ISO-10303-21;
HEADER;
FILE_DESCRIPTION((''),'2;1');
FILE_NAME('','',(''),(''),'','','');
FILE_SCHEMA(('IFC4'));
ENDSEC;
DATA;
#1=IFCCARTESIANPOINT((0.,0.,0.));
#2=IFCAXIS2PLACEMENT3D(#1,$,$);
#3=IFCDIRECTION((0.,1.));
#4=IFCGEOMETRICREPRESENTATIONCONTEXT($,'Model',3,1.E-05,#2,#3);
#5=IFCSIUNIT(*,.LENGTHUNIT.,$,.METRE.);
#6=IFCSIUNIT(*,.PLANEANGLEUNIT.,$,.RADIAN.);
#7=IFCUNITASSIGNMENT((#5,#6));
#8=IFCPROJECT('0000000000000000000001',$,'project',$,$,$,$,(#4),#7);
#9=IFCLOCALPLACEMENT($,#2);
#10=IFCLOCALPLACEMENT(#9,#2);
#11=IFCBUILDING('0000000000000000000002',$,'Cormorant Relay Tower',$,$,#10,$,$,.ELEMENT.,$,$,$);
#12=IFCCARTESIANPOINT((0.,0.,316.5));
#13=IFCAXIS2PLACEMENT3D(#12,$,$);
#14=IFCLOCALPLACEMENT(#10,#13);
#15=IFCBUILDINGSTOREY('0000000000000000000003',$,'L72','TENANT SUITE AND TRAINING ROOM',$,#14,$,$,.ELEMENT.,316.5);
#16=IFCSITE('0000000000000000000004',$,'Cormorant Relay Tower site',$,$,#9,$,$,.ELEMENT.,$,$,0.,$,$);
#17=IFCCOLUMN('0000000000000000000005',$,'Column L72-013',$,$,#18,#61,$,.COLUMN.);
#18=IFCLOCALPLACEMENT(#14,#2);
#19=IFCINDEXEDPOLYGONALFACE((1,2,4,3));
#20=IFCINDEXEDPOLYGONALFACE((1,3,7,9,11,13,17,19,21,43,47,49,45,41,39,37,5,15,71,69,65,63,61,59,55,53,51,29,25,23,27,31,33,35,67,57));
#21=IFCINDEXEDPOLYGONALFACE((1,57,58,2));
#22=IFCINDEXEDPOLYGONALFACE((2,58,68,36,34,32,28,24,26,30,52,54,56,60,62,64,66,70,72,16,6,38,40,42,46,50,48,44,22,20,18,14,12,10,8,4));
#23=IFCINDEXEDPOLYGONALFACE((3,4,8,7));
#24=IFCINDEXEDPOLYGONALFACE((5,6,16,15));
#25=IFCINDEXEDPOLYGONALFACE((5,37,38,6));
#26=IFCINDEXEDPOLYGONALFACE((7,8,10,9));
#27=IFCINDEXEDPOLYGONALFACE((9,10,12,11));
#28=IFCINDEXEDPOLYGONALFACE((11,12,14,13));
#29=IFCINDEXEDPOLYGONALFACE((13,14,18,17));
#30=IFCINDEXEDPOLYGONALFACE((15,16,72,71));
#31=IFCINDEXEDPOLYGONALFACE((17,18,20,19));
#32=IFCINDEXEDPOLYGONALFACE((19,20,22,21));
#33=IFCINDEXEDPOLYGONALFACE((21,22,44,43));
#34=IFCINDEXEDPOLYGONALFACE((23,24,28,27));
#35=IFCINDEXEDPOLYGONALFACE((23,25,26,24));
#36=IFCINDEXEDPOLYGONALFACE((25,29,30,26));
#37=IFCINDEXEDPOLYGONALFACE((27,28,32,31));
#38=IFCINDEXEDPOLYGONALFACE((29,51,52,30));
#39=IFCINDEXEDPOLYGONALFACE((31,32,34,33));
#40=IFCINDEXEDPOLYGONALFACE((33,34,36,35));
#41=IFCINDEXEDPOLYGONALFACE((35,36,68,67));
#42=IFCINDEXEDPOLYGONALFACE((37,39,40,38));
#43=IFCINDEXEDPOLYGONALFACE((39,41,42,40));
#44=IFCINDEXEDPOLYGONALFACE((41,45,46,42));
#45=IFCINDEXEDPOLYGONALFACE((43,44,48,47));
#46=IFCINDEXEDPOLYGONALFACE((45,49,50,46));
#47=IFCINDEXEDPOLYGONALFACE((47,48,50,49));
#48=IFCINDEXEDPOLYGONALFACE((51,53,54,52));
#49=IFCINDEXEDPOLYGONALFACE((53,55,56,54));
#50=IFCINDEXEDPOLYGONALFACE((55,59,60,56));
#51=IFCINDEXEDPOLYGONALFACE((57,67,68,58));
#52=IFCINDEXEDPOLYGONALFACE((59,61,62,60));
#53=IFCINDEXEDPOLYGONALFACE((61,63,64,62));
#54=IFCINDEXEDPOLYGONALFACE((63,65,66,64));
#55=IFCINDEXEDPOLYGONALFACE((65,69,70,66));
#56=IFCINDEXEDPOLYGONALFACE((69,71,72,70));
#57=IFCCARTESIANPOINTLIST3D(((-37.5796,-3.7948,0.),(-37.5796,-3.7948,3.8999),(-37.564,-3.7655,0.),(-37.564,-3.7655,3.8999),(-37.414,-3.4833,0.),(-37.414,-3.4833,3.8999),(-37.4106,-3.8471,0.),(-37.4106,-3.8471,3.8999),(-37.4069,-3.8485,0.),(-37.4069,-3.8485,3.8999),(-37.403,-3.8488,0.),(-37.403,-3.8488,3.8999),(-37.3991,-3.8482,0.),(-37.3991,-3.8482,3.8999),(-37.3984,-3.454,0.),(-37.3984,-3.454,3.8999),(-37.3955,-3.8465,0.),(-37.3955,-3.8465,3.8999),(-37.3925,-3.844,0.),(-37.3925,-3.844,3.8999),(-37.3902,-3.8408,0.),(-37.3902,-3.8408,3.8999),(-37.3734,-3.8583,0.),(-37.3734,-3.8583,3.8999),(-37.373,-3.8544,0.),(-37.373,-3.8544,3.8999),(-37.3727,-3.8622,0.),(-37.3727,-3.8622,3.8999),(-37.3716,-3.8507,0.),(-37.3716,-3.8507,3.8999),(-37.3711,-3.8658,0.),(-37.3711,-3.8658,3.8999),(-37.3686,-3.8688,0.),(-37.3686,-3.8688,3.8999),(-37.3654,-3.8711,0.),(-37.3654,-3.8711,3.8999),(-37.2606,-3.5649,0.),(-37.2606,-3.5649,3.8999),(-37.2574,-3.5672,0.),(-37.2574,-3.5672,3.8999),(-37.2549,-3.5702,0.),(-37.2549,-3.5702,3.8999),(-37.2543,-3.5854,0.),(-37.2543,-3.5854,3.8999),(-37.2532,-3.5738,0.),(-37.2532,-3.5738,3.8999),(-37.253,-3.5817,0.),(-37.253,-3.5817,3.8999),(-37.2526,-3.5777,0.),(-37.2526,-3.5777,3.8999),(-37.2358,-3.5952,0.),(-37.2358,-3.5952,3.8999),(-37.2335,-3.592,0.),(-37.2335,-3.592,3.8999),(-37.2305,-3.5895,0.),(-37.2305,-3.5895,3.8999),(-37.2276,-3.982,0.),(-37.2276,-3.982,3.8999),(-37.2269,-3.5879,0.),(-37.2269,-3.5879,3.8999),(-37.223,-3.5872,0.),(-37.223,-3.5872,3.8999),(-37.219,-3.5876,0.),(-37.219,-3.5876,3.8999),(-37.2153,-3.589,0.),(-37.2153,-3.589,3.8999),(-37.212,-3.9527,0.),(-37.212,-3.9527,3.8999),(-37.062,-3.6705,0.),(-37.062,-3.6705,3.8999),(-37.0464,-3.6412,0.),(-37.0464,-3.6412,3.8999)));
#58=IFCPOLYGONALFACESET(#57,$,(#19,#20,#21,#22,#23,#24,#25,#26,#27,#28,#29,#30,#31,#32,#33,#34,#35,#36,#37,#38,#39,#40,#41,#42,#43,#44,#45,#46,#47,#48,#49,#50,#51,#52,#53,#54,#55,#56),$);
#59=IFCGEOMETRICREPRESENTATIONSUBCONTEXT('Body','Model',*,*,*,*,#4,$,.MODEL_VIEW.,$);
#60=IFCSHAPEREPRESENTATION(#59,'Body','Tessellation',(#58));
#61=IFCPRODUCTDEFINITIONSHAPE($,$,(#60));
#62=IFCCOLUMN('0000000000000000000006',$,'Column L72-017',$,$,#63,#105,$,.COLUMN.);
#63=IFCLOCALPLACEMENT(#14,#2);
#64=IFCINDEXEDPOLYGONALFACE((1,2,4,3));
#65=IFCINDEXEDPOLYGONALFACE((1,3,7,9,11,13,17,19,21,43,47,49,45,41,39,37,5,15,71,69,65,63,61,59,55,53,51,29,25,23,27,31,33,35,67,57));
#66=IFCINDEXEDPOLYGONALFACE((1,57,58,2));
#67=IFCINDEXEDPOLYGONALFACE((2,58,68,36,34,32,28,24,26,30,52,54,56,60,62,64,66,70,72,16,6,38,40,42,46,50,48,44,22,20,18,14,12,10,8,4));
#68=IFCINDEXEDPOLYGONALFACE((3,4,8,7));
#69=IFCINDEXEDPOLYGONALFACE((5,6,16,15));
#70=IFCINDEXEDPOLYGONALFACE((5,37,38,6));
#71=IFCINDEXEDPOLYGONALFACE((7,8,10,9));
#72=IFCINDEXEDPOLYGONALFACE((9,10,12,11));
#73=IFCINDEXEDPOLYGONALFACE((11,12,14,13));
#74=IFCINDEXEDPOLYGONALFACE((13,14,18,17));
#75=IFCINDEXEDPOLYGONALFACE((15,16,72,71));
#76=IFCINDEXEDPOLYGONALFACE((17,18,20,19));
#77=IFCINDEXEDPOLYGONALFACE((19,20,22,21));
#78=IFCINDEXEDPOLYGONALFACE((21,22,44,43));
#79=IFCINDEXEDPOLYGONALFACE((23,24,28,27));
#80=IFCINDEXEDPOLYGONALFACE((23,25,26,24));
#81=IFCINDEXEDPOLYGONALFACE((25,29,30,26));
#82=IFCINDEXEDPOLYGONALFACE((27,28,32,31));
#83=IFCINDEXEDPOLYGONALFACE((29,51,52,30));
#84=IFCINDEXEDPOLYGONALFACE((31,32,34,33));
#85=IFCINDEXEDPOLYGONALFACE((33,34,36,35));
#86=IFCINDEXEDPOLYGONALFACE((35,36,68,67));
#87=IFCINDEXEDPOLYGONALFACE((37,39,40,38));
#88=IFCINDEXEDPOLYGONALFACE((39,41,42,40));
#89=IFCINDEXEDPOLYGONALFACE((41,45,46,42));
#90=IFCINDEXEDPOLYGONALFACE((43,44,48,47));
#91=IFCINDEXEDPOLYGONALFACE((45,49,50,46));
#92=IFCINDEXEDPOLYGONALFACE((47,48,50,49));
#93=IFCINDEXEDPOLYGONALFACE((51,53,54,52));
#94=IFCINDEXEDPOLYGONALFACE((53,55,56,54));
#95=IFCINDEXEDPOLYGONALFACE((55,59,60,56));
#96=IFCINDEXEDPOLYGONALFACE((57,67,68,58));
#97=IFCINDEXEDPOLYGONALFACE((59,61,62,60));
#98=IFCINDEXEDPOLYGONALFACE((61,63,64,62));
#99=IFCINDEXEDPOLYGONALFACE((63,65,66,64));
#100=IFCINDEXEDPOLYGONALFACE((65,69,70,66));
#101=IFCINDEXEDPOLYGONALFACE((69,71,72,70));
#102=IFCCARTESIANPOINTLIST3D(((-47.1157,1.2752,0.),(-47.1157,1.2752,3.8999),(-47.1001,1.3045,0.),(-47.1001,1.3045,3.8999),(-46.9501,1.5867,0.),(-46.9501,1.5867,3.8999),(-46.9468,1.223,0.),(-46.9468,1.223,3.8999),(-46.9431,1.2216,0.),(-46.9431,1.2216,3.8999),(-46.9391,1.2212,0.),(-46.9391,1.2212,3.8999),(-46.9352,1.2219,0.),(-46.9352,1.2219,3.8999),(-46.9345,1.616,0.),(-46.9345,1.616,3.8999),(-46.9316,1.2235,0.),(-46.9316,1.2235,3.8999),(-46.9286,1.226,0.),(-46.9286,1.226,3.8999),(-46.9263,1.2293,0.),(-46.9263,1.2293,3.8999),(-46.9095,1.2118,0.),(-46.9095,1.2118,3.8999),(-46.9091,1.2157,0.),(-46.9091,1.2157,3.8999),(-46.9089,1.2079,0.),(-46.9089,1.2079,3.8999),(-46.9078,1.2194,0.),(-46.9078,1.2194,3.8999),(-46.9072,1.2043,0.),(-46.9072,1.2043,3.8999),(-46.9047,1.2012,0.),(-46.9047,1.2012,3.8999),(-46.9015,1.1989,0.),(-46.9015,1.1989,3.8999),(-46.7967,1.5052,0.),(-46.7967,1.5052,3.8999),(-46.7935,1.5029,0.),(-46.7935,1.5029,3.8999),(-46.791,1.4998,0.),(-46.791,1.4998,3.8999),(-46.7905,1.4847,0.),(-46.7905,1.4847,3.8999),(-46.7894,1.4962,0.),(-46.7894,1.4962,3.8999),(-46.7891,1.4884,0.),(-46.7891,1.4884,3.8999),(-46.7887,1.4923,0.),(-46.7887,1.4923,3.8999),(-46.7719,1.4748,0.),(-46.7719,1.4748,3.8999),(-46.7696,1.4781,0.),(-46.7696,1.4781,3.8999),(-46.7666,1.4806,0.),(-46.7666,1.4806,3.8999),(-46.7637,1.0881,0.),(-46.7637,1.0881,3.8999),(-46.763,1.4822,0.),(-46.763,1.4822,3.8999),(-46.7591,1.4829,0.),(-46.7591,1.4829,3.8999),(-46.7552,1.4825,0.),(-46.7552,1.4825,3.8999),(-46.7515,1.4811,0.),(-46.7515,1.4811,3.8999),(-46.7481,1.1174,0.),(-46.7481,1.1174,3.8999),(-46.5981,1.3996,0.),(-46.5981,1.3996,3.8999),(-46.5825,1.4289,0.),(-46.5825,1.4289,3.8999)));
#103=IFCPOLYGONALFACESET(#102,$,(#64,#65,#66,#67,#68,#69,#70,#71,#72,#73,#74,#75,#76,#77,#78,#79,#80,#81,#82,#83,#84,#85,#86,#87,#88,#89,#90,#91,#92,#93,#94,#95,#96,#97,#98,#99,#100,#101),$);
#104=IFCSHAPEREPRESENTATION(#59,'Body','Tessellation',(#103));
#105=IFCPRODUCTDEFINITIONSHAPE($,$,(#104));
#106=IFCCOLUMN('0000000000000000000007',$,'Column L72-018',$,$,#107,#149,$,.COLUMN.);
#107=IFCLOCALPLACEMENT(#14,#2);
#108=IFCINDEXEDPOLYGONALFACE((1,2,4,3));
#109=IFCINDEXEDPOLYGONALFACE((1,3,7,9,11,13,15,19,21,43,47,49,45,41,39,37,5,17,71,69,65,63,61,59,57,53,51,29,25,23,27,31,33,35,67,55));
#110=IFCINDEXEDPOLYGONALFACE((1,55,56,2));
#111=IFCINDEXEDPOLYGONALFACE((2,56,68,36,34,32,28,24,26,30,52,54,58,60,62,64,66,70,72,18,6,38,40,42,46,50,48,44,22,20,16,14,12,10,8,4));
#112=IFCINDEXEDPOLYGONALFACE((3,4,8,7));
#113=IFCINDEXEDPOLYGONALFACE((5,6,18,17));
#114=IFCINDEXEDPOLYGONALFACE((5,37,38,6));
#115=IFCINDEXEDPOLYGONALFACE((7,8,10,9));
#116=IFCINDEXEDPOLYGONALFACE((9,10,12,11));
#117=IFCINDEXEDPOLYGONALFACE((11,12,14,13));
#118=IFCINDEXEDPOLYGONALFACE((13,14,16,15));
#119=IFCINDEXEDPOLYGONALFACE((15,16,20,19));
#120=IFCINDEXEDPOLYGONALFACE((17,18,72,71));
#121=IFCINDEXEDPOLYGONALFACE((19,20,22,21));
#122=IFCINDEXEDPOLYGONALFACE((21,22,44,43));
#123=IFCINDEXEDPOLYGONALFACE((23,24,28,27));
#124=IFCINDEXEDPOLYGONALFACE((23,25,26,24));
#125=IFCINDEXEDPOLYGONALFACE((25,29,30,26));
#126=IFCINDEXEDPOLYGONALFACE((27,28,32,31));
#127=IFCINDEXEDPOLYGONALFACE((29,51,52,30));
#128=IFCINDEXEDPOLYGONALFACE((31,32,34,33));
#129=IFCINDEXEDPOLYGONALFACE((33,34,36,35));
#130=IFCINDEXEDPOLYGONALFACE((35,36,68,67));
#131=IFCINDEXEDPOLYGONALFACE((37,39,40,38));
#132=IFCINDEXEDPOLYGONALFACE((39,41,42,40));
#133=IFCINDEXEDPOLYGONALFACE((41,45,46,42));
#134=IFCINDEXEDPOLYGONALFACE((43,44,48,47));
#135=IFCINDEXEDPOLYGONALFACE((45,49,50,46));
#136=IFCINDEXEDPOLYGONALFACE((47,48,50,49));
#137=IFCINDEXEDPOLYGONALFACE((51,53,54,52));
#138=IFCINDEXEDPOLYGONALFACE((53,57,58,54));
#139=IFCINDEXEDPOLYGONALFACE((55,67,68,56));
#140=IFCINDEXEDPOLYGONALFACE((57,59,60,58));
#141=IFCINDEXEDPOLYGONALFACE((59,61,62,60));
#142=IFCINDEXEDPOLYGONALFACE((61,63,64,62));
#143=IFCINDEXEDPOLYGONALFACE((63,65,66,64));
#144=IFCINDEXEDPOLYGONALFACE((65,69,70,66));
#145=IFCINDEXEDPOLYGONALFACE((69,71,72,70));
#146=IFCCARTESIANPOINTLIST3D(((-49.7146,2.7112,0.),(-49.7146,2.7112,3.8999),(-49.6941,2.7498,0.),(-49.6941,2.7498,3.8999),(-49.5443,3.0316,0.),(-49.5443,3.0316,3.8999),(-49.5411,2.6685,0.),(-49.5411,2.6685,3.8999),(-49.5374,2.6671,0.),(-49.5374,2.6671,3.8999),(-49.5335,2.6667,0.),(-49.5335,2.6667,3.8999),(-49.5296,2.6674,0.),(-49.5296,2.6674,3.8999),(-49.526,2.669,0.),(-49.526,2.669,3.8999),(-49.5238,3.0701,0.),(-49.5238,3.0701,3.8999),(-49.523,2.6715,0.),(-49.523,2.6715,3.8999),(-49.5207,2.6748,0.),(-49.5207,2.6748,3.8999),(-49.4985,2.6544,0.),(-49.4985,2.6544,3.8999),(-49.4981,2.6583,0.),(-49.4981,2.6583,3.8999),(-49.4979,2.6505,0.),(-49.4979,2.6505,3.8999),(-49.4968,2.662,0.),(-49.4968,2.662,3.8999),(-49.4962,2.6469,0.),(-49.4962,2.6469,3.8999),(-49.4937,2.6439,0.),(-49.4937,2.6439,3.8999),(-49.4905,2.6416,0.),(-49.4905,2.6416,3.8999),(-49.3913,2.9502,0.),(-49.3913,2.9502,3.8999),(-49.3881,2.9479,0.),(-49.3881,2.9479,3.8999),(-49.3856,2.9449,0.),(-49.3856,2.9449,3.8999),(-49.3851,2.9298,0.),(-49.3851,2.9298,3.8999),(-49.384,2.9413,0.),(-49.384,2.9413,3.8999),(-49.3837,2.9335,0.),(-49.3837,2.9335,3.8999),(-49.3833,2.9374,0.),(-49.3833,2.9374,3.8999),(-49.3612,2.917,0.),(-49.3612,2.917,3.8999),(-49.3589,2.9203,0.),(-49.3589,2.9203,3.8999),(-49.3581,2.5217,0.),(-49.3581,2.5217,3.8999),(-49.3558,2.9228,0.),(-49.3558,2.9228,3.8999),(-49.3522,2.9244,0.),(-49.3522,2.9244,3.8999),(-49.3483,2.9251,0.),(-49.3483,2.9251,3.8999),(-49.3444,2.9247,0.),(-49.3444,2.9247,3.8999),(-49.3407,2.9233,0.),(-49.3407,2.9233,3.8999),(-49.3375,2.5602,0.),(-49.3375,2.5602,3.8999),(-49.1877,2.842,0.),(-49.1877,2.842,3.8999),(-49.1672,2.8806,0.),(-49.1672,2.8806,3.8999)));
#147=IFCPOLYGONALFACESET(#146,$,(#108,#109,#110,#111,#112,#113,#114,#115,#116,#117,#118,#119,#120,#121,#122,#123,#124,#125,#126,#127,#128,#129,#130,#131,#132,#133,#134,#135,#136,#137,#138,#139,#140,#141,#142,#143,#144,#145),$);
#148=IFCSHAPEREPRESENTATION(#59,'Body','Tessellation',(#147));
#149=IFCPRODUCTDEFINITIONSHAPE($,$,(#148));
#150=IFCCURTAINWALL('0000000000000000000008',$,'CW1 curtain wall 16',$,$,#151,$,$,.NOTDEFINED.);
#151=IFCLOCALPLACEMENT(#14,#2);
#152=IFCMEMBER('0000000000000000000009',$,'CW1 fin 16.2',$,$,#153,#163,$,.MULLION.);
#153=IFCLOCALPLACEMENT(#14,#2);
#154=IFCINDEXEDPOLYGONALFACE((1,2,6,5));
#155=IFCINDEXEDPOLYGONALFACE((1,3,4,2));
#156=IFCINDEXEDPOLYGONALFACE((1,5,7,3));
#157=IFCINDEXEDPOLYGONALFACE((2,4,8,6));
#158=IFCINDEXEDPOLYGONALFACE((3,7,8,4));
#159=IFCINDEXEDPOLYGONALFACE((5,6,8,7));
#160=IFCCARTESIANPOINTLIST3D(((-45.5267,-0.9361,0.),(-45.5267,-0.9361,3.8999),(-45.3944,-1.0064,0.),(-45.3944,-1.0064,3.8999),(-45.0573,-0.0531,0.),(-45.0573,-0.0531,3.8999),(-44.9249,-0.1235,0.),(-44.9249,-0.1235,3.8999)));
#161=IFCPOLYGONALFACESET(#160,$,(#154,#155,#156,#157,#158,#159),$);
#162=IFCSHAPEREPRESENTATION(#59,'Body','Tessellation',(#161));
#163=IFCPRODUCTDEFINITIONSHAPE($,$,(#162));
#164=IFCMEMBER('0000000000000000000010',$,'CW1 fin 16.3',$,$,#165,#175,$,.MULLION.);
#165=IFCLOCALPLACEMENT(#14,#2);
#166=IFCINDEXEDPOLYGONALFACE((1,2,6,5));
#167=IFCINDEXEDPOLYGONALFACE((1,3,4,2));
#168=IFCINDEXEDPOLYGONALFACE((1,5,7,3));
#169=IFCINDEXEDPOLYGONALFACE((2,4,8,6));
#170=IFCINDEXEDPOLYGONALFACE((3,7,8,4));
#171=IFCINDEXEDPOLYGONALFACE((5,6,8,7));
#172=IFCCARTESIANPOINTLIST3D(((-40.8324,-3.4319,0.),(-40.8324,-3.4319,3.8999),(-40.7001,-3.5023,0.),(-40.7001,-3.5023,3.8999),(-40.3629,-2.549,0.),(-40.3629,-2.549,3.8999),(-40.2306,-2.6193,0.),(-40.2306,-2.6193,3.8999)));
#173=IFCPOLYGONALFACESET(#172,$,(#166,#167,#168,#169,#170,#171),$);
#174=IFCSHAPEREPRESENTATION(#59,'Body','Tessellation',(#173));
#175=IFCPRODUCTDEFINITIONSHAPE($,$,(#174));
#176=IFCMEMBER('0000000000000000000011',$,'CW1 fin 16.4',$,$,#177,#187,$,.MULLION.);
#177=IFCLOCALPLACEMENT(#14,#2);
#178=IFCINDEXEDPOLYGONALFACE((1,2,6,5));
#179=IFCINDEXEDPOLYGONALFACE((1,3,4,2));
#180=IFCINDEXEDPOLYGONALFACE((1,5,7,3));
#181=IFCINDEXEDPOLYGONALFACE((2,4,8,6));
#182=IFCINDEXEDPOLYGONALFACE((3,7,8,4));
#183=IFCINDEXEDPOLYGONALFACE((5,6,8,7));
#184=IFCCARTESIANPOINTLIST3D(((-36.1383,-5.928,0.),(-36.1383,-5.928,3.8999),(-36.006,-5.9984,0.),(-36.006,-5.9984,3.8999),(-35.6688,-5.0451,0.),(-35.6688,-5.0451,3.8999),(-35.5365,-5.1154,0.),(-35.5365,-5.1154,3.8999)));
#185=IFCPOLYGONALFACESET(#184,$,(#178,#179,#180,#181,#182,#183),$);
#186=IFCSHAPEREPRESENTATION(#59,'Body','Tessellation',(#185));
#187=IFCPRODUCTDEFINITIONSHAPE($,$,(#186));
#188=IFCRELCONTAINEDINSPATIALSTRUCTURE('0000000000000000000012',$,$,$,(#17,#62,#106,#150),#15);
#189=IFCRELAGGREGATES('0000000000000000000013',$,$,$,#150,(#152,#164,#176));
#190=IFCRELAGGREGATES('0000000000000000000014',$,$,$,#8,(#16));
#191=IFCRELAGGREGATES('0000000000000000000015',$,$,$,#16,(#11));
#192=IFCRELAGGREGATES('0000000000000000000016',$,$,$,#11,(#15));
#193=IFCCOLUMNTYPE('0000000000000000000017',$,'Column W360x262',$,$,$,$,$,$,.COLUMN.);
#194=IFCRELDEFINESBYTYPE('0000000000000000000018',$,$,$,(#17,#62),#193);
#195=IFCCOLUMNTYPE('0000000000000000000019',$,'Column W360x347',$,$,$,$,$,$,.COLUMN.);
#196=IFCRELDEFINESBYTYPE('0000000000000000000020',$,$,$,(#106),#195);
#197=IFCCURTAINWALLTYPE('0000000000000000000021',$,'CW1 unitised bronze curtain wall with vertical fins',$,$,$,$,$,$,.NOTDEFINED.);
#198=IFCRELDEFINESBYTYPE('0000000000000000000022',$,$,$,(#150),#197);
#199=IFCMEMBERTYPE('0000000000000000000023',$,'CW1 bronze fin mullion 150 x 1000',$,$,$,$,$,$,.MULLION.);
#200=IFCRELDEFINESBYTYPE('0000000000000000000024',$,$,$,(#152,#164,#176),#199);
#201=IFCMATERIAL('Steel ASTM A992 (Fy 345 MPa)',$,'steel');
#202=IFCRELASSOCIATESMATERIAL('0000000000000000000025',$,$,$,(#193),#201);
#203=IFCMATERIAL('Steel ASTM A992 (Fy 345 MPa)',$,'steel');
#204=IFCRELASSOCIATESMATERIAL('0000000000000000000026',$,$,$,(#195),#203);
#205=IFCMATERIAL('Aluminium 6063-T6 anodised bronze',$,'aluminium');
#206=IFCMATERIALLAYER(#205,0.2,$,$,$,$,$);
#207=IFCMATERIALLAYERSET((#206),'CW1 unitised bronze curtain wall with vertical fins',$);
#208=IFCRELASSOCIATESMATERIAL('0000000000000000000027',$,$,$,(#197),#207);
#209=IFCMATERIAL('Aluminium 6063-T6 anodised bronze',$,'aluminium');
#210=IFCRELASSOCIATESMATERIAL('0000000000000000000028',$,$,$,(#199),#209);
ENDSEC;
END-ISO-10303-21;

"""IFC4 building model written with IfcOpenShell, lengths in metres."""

from ifc_helpers import new_model, si_unit, direction, frame, origin, origin_2d, place, context, subcontext, project, spatial, rectangle, i_section, extrude, material, layer, layer_set, material_profile, profile_set, type_object, element, aggregate, save


model = new_model("IFC4")

# Units and contexts
model_context = context("Model", 3, precision=1e-05, world=origin(), true_north=direction((0.0, 1.0)))
body_context = subcontext(model_context, "Body", "Model", "MODEL_VIEW")
ifc_project = project(units=[si_unit("LENGTHUNIT", "METRE"), si_unit("PLANEANGLEUNIT", "RADIAN")], contexts=[model_context])

# Site, building, storey
site_placement = place(None, origin())
site = spatial("IfcSite", under=ifc_project, at=site_placement, Name="Cormorant Relay Tower site", CompositionType="ELEMENT", RefElevation=0.0)
building_placement = place(site_placement, origin())
building = spatial("IfcBuilding", under=site, at=building_placement, Name="Cormorant Relay Tower", CompositionType="ELEMENT")
storey_placement = place(building_placement, frame((0.0, 0.0, 316.5)))
storey = spatial("IfcBuildingStorey", under=building, at=storey_placement, Name="L72", Description="TENANT SUITE AND TRAINING ROOM", CompositionType="ELEMENT", Elevation=316.5)

# Columns
ifc_material_1 = material(Name="Steel ASTM A992 (Fy 345 MPa)", Category="steel")
ifc_material_profile_1 = material_profile(ifc_material_1, i_section(OverallWidth=0.3987, OverallDepth=0.386, WebThickness=0.021, FlangeThickness=0.0332, FilletRadius=0.0151, at=origin_2d()), Name="W360x262")
ifc_profile_set_1 = profile_set([ifc_material_profile_1], Name="Steel ASTM A992 (Fy 345 MPa)")
column_type_1 = type_object("IfcColumnType", Name="Column W360x262", PredefinedType="COLUMN", material=ifc_profile_set_1)
for number, where, z_axis, x_axis, name in (
    (1, (-37.313, -3.718, 0.0), (0.0, 0.0, 1.0), (0.882948, -0.469472, 0.0), "Column L72-013"),
    (2, (-46.8491, 1.3521, 0.0), (0.0, 0.0, 1.0), (0.882948, -0.469472, 0.0), "Column L72-017"),
):
    element("IfcColumn", number, at=place(storey_placement, frame(where, z_axis=z_axis, x_axis=x_axis)), inside=storey, type_object=column_type_1, Name=name, PredefinedType="COLUMN", context=body_context, shape_type="SweptSolid", body=[
        extrude(i_section(OverallWidth=0.3987, OverallDepth=0.386, WebThickness=0.021, FlangeThickness=0.0332, FilletRadius=0.0151, at=origin_2d()), origin(), (0.0, 0.0, 1.0), 3.8999),
    ])
ifc_material_2 = material(Name="Steel ASTM A992 (Fy 345 MPa)", Category="steel")
ifc_material_profile_2 = material_profile(ifc_material_2, i_section(OverallWidth=0.4038, OverallDepth=0.4065, WebThickness=0.0271, FlangeThickness=0.0437, FilletRadius=0.0151, at=origin_2d()), Name="W360x347")
ifc_profile_set_2 = profile_set([ifc_material_profile_2], Name="Steel ASTM A992 (Fy 345 MPa)")
column_type_2 = type_object("IfcColumnType", Name="Column W360x347", PredefinedType="COLUMN", material=ifc_profile_set_2)
column_placement = place(storey_placement, frame((-49.4409, 2.7959, 0.0), z_axis=(0.0, 0.0, 1.0), x_axis=(0.882948, -0.469472, 0.0)))
element("IfcColumn", 3, at=column_placement, inside=storey, type_object=column_type_2, Name="Column L72-018", PredefinedType="COLUMN", context=body_context, shape_type="SweptSolid", body=[
    extrude(i_section(OverallWidth=0.4038, OverallDepth=0.4065, WebThickness=0.0271, FlangeThickness=0.0437, FilletRadius=0.0151, at=origin_2d()), origin(), (0.0, 0.0, 1.0), 3.8999),
])

# Curtain wall, members
ifc_material_3 = material(Name="Aluminium 6063-T6 anodised bronze", Category="aluminium")
ifc_layer_1 = layer(ifc_material_3, 0.2)
ifc_layer_set_1 = layer_set([ifc_layer_1], Name="CW1 unitised bronze curtain wall with vertical fins")
curtain_wall_type = type_object("IfcCurtainWallType", Name="CW1 unitised bronze curtain wall with vertical fins", PredefinedType="NOTDEFINED", material=ifc_layer_set_1)
curtain_wall_placement = place(storey_placement, origin())
curtain_wall = element("IfcCurtainWall", 4, at=curtain_wall_placement, inside=storey, type_object=curtain_wall_type, Name="CW1 curtain wall 16", PredefinedType="NOTDEFINED")
ifc_material_4 = material(Name="Aluminium 6063-T6 anodised bronze", Category="aluminium")
ifc_material_profile_3 = material_profile(ifc_material_4, rectangle(XDim=0.1499, YDim=1.0, at=origin_2d()), Name="AL 150x1000")
ifc_profile_set_3 = profile_set([ifc_material_profile_3], Name="Aluminium 6063-T6 anodised bronze")
member_type = type_object("IfcMemberType", Name="CW1 bronze fin mullion 150 x 1000", PredefinedType="MULLION", material=ifc_profile_set_3)
member_1_placement = place(storey_placement, frame((-45.2258, -0.5298, 0.0), z_axis=(0.0, 0.0, 1.0), x_axis=(0.882948, -0.469472, 0.0)))
member_1 = element("IfcMember", 5, at=member_1_placement, type_object=member_type, Name="CW1 fin 16.2", PredefinedType="MULLION", context=body_context, shape_type="SweptSolid", body=[
    extrude(rectangle(XDim=0.1499, YDim=1.0, at=origin_2d()), origin(), (0.0, 0.0, 1.0), 3.8999),
])
member_2_placement = place(storey_placement, frame((-40.5315, -3.0256, 0.0), z_axis=(0.0, 0.0, 1.0), x_axis=(0.882948, -0.469472, 0.0)))
member_2 = element("IfcMember", 6, at=member_2_placement, type_object=member_type, Name="CW1 fin 16.3", PredefinedType="MULLION", context=body_context, shape_type="SweptSolid", body=[
    extrude(rectangle(XDim=0.1499, YDim=1.0, at=origin_2d()), origin(), (0.0, 0.0, 1.0), 3.8999),
])
member_3_placement = place(storey_placement, frame((-35.8374, -5.5217, 0.0), z_axis=(0.0, 0.0, 1.0), x_axis=(0.882948, -0.469472, 0.0)))
member_3 = element("IfcMember", 7, at=member_3_placement, type_object=member_type, Name="CW1 fin 16.4", PredefinedType="MULLION", context=body_context, shape_type="SweptSolid", body=[
    extrude(rectangle(XDim=0.1499, YDim=1.0, at=origin_2d()), origin(), (0.0, 0.0, 1.0), 3.8999),
])

aggregate(curtain_wall, [member_1, member_2, member_3])

save(model, "model.ifc")
